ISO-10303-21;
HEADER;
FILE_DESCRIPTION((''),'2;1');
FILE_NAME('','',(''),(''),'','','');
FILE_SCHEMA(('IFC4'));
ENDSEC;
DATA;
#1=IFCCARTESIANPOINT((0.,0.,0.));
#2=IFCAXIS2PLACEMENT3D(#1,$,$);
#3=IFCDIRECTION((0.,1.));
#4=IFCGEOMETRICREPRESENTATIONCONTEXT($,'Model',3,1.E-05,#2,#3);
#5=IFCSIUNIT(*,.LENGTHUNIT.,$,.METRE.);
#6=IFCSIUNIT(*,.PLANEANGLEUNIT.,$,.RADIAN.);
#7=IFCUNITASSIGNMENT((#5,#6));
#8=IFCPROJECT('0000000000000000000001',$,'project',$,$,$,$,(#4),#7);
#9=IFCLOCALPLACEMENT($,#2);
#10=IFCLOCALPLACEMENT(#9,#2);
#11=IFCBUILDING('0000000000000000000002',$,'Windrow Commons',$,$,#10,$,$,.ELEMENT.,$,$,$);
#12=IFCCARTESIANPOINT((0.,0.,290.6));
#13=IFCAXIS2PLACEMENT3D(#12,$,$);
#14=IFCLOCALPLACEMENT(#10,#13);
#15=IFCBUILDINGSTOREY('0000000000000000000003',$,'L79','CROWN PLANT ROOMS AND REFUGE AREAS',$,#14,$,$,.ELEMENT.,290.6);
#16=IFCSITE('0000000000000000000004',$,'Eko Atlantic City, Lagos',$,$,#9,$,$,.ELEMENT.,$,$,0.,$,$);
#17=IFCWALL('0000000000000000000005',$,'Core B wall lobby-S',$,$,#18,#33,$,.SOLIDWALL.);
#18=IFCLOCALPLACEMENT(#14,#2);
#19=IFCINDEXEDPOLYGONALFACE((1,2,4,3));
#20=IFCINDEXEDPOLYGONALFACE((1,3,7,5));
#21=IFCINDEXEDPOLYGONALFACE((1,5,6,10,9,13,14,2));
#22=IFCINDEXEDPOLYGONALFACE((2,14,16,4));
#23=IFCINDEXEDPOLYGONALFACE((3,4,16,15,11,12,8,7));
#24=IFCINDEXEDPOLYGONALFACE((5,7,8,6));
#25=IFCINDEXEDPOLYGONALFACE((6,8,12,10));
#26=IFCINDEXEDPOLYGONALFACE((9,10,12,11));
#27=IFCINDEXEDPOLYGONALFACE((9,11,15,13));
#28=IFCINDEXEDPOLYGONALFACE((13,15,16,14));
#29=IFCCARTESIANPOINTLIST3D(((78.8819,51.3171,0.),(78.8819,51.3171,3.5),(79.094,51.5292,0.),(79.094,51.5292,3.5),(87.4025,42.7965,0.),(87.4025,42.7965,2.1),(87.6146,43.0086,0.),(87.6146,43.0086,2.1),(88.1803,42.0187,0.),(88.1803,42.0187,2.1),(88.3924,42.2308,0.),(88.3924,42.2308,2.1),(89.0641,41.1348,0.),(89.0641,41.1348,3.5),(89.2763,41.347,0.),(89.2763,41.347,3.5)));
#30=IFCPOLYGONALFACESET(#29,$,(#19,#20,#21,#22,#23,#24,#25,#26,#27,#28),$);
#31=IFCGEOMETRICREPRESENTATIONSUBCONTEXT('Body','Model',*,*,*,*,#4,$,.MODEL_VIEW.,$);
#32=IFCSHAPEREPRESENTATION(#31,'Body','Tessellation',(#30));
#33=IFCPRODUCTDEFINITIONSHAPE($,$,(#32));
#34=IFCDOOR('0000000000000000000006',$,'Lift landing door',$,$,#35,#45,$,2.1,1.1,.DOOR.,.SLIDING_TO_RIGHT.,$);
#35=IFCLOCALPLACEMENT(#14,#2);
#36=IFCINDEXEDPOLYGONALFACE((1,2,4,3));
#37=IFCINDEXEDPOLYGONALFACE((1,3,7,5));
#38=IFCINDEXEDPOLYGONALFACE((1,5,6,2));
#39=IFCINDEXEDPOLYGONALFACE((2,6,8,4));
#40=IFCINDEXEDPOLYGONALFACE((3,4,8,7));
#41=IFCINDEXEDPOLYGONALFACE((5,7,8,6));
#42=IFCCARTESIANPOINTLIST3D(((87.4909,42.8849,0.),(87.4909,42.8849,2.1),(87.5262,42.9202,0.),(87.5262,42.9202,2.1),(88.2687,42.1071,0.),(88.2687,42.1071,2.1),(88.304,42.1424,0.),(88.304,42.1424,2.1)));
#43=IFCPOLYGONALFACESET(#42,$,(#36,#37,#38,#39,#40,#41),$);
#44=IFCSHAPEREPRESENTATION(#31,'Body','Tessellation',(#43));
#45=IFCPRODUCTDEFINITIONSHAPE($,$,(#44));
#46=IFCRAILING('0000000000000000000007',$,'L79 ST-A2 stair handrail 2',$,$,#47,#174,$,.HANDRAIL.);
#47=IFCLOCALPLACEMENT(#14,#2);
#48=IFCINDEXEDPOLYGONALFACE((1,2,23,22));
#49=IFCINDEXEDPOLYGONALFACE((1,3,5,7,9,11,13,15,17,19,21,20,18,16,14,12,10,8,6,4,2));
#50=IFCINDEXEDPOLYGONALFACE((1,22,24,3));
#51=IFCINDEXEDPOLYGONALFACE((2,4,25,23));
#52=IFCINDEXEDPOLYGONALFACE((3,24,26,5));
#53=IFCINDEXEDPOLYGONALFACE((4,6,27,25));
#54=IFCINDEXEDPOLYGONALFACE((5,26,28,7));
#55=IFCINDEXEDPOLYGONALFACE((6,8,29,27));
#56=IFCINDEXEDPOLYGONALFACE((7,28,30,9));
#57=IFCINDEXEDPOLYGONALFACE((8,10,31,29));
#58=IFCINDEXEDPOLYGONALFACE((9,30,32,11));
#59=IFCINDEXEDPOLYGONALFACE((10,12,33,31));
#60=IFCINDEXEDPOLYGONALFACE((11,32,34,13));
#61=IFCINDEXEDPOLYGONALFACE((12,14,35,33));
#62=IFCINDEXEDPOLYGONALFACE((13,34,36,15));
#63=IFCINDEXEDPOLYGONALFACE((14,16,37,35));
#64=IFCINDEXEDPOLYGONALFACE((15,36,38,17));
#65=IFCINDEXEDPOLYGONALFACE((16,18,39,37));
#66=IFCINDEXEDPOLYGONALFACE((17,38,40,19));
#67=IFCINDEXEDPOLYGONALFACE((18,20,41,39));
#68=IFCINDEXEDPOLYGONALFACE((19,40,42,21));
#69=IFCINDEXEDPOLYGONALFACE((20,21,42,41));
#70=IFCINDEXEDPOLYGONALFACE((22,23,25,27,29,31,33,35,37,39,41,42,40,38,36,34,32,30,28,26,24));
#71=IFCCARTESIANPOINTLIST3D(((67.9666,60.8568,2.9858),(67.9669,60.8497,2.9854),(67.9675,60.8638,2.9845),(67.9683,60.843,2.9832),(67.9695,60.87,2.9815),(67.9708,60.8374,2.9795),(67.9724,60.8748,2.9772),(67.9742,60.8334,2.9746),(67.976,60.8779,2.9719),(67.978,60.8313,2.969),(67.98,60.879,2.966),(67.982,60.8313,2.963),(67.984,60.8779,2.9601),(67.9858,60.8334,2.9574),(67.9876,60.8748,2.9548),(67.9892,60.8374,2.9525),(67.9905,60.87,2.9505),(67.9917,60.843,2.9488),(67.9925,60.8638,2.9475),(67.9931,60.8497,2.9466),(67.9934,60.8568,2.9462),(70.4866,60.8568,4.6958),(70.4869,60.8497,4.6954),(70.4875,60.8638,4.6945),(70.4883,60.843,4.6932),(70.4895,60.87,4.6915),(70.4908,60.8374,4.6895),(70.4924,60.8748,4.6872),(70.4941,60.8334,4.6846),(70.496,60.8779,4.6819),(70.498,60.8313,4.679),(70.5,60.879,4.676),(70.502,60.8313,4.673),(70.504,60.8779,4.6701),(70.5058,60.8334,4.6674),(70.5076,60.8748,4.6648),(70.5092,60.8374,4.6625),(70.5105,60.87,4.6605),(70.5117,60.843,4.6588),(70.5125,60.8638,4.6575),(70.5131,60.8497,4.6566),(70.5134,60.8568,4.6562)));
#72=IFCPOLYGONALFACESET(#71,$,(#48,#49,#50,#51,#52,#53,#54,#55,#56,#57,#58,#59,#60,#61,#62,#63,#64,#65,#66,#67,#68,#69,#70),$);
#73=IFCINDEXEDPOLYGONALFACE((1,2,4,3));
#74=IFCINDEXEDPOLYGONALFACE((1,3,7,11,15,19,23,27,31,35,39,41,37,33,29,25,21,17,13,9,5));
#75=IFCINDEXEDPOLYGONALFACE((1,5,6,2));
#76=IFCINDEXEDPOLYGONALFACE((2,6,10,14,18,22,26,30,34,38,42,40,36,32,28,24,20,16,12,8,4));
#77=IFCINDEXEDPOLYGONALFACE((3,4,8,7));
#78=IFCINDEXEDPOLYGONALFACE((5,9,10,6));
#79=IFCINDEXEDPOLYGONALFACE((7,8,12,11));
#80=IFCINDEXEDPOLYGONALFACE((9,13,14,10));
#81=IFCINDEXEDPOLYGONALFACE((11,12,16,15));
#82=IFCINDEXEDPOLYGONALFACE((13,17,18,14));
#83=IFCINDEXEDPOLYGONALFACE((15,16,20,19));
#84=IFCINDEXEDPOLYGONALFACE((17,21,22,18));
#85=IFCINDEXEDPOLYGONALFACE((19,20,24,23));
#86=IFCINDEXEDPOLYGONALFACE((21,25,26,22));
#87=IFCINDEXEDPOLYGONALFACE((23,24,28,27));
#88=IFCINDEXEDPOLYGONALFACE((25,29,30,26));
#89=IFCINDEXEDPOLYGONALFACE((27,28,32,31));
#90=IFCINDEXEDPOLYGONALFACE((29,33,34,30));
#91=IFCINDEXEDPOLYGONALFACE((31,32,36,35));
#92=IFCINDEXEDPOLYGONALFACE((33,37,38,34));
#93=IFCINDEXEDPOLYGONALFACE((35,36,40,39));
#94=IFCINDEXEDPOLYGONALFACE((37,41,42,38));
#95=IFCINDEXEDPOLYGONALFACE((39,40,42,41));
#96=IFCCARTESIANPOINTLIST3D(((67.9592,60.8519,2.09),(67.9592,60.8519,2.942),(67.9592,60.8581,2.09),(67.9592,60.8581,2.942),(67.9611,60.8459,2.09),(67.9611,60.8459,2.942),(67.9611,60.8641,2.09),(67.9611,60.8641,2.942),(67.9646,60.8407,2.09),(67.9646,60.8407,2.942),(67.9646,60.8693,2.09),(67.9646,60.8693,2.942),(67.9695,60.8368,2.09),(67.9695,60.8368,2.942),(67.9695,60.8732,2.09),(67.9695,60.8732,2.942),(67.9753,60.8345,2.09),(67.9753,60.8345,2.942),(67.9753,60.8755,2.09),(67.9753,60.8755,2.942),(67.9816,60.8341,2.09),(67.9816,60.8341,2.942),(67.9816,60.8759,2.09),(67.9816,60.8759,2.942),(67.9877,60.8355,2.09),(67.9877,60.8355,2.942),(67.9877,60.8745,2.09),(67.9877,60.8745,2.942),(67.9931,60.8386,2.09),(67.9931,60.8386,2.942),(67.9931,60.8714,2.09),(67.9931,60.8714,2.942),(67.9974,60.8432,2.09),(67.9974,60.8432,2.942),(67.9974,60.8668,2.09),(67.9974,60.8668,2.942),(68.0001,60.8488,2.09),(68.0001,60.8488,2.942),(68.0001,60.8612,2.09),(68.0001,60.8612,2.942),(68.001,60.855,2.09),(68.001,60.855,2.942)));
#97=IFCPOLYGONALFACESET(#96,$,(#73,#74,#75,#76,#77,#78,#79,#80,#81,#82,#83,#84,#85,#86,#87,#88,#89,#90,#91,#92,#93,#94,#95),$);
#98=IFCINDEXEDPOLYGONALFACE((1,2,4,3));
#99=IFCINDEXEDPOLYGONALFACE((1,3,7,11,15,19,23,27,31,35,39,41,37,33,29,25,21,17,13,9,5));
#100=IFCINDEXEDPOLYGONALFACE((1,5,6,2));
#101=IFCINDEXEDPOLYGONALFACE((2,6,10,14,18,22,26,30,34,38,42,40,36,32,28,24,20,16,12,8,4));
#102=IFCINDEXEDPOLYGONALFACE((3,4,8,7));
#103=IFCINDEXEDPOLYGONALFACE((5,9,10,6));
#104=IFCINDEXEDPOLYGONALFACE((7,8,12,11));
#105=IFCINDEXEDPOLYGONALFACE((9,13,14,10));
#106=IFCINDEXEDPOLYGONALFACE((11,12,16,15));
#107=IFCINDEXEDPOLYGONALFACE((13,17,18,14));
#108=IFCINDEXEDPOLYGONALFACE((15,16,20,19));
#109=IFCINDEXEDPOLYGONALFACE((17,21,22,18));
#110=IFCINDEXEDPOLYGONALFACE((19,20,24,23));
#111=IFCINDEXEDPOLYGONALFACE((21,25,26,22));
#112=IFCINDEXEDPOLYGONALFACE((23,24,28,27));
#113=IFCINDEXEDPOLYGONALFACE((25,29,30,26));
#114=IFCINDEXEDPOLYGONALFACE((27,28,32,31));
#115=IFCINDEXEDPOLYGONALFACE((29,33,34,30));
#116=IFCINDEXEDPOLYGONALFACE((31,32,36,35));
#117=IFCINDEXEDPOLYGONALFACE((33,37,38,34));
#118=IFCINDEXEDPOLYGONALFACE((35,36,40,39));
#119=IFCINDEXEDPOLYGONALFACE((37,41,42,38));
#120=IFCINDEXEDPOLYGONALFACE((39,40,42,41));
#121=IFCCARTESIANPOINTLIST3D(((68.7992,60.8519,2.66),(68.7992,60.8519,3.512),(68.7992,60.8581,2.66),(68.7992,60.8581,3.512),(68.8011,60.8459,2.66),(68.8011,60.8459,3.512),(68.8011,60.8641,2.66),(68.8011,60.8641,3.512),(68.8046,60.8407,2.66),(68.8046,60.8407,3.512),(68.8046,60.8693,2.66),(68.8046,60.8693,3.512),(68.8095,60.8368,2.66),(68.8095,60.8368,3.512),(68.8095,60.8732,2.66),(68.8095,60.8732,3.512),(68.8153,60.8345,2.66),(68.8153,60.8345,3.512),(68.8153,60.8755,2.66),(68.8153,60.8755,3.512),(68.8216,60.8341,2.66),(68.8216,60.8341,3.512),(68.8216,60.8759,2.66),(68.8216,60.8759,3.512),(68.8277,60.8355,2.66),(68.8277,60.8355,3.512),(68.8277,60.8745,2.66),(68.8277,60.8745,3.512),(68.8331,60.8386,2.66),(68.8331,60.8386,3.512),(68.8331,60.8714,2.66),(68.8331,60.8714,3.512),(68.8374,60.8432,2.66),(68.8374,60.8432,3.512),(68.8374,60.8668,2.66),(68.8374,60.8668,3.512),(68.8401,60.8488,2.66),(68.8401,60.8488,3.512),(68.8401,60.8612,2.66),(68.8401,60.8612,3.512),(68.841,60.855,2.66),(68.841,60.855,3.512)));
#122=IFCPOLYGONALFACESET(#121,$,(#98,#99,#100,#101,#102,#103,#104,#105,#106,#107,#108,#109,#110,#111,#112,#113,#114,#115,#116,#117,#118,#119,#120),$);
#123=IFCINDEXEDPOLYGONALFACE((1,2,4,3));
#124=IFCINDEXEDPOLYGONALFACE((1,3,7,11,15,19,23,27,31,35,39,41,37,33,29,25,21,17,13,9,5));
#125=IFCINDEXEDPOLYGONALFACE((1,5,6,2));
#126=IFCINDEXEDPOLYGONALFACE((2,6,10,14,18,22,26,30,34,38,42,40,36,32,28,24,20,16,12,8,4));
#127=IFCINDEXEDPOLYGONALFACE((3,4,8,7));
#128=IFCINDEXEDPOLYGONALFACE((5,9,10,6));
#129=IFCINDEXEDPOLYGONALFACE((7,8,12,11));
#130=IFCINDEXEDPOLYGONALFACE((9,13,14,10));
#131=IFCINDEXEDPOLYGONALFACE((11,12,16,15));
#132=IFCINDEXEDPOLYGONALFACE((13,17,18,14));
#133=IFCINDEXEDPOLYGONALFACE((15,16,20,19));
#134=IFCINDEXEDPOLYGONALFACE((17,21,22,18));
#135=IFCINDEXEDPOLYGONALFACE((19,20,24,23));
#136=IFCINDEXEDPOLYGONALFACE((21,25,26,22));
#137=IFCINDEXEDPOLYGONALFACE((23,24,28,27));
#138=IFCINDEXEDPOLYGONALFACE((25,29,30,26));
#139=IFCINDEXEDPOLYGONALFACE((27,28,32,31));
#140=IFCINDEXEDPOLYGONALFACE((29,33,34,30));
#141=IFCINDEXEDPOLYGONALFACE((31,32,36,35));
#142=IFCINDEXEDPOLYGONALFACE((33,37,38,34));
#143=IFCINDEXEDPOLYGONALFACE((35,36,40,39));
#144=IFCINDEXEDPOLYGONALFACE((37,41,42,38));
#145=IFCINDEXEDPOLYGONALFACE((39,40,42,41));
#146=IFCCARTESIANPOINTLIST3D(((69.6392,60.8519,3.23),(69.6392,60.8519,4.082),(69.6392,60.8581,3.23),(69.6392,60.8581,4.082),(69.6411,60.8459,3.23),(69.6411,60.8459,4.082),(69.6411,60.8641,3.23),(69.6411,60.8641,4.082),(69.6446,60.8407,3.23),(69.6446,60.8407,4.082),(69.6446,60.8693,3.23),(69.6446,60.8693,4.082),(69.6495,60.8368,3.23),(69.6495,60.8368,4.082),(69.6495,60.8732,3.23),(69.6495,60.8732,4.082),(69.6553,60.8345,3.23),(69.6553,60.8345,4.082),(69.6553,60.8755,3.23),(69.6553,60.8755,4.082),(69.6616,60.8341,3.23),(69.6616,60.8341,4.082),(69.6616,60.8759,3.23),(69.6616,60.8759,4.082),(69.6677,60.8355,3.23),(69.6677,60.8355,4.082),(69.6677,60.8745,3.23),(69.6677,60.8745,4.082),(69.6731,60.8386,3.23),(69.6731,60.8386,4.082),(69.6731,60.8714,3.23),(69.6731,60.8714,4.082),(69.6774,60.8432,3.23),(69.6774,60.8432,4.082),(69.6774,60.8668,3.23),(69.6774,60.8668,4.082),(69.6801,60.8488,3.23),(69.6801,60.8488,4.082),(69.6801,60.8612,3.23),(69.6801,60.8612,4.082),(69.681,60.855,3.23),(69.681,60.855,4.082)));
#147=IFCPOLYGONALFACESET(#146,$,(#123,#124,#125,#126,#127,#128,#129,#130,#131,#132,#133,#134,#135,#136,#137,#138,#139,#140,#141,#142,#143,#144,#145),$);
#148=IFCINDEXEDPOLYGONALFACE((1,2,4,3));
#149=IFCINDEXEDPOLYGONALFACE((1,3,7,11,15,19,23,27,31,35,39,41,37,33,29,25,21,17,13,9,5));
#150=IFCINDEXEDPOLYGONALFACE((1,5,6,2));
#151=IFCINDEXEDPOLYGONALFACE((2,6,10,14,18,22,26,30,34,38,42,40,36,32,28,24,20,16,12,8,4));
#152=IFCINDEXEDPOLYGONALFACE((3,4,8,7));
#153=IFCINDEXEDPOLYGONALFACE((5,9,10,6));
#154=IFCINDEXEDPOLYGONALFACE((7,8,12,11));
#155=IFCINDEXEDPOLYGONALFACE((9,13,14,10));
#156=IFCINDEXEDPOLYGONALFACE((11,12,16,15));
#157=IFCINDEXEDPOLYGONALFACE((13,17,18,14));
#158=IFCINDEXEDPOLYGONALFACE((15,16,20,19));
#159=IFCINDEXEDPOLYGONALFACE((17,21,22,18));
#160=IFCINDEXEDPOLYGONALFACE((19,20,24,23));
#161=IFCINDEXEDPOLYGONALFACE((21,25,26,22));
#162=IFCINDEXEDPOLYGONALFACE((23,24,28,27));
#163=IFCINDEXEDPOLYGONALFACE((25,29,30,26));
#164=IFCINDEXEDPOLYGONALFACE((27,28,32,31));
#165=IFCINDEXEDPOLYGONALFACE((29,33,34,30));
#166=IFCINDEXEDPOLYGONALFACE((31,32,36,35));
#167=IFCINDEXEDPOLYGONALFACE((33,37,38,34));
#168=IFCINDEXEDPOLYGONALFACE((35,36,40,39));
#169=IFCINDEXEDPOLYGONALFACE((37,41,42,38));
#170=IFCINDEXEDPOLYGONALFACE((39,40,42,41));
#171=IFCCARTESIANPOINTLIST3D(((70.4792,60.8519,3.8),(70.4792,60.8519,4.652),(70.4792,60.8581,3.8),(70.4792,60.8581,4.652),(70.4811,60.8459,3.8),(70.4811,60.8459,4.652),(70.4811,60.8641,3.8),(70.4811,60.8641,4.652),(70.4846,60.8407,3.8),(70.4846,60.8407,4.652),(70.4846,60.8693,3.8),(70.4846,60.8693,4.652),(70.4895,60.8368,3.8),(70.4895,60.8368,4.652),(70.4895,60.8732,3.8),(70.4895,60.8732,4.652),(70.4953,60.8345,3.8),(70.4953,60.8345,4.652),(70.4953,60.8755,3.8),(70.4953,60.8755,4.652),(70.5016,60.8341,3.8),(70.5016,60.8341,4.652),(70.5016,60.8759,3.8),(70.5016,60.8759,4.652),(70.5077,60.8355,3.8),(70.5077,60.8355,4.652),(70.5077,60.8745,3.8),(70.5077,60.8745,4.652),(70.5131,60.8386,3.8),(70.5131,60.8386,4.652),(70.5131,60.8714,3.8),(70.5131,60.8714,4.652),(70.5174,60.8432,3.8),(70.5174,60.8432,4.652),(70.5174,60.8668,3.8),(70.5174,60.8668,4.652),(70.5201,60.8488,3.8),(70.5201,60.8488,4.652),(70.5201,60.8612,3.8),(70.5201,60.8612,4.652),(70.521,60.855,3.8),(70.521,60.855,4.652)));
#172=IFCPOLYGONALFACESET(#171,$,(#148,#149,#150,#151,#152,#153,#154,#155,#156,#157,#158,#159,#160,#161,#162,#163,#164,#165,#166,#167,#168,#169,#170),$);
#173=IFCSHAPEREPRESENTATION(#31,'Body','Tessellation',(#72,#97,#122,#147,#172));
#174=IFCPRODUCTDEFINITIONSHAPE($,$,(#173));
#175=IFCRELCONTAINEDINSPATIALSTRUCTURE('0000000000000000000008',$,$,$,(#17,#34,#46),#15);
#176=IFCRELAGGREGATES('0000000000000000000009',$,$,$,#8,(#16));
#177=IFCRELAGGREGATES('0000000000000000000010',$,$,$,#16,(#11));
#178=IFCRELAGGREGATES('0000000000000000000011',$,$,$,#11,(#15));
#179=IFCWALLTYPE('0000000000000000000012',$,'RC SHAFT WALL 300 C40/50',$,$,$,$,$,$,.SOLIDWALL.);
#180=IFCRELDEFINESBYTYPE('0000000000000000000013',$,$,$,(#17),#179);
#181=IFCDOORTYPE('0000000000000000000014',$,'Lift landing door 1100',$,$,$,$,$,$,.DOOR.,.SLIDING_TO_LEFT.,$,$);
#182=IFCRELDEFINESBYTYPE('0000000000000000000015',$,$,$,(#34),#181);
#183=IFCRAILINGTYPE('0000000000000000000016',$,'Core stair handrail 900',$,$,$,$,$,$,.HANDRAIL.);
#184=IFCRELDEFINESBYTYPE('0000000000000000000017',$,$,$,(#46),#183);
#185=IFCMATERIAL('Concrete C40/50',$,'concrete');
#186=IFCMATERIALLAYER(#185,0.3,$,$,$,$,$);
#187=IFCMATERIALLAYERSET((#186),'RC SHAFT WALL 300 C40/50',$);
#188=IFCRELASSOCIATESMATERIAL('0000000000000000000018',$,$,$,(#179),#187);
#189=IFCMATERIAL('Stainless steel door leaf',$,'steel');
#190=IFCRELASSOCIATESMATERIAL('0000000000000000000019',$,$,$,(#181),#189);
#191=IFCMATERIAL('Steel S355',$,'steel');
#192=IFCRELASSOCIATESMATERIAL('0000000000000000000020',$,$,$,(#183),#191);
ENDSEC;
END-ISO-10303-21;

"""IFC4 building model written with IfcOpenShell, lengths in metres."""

from ifc_helpers import new_model, si_unit, direction, frame, frame_2d, origin, origin_2d, place, context, subcontext, project, spatial, rectangle, circle, extrude, material, layer, layer_set, type_object, element, fill, save


model = new_model("IFC4")

# Units and contexts
model_context = context("Model", 3, precision=1e-05, world=origin(), true_north=direction((0.0, 1.0)))
body_context = subcontext(model_context, "Body", "Model", "MODEL_VIEW")
ifc_project = project(units=[si_unit("LENGTHUNIT", "METRE"), si_unit("PLANEANGLEUNIT", "RADIAN")], contexts=[model_context])

# Site, building, storey
site_placement = place(None, origin())
site = spatial("IfcSite", under=ifc_project, at=site_placement, Name="Eko Atlantic City, Lagos", CompositionType="ELEMENT", RefElevation=0.0)
building_placement = place(site_placement, origin())
building = spatial("IfcBuilding", under=site, at=building_placement, Name="Windrow Commons", CompositionType="ELEMENT")
storey_placement = place(building_placement, frame((0.0, 0.0, 290.6)))
storey = spatial("IfcBuildingStorey", under=building, at=storey_placement, Name="L79", Description="CROWN PLANT ROOMS AND REFUGE AREAS", CompositionType="ELEMENT", Elevation=290.6)

# Shared definitions
ifc_material_1 = material(Name="Concrete C40/50", Category="concrete")
ifc_layer_1 = layer(ifc_material_1, 0.3)
ifc_layer_set_1 = layer_set([ifc_layer_1], Name="RC SHAFT WALL 300 C40/50")
wall_type_1 = type_object("IfcWallType", Name="RC SHAFT WALL 300 C40/50", PredefinedType="SOLIDWALL", material=ifc_layer_set_1)

# Wall, opening, door
wall_1_placement = place(storey_placement, frame((78.9879, 51.4232, 0.0), z_axis=(0.0, 0.0, 1.0), x_axis=(0.707107, -0.707107, 0.0)))
wall_1 = element("IfcWall", 1, at=wall_1_placement, inside=storey, type_object=wall_type_1, Name="Core B wall lobby-S", PredefinedType="SOLIDWALL", context=body_context, shape_type="SweptSolid", body=[
    extrude(rectangle(XDim=14.3999, YDim=0.3, at=frame_2d((7.2, 0.0))), origin(), (0.0, 0.0, 1.0), 3.5),
])
opening_1_placement = place(wall_1_placement, frame((12.05, 0.0, 0.0)))
opening_1 = element("IfcOpeningElement", 2, at=opening_1_placement, cuts=wall_1, PredefinedType="OPENING", context=body_context, shape_type="SweptSolid", body=[
    extrude(rectangle(XDim=1.1, YDim=2.1, at=frame_2d((0.55, 1.05))), frame((0.0, 0.16, 0.0), z_axis=(0.0, -1.0, 0.0), x_axis=(1.0, 0.0, 0.0)), (0.0, 0.0, 1.0), 0.32),
])
ifc_material_2 = material(Name="Stainless steel door leaf", Category="steel")
door_type_1 = type_object("IfcDoorType", Name="Lift landing door 1100", OperationType="SLIDING_TO_LEFT", PredefinedType="DOOR", material=ifc_material_2)
door_1_placement = place(opening_1_placement, origin())
door_1 = element("IfcDoor", 3, at=door_1_placement, inside=storey, type_object=door_type_1, Name="Lift landing door", OperationType="SLIDING_TO_RIGHT", OverallHeight=2.1, OverallWidth=1.1, PredefinedType="DOOR", context=body_context, shape_type="SweptSolid", body=[
    extrude(rectangle(XDim=1.1, YDim=2.1, at=frame_2d((0.55, 1.05))), frame((0.0, 0.025, 0.0), z_axis=(0.0, -1.0, 0.0), x_axis=(1.0, 0.0, 0.0)), (0.0, 0.0, 1.0), 0.05),
])
fill(opening_1, door_1)

# Railing
ifc_material_3 = material(Name="Steel S355", Category="steel")
railing_type = type_object("IfcRailingType", Name="Core stair handrail 900", PredefinedType="HANDRAIL", material=ifc_material_3)
railing_placement = place(storey_placement, frame((67.98, 60.855, 2.09)))
element("IfcRailing", 4, at=railing_placement, inside=storey, type_object=railing_type, Name="L79 ST-A2 stair handrail 2", PredefinedType="HANDRAIL", context=body_context, shape_type="SweptSolid", body=[
    extrude(circle(Radius=0.024, at=origin_2d()), frame((0.0, 0.0, 0.876), z_axis=(0.827476, 0.0, 0.561501), x_axis=(0.0, 1.0, 0.0)), (0.0, 0.0, 1.0), 3.0454),
    extrude(circle(Radius=0.021, at=origin_2d()), origin(), (0.0, 0.0, 1.0), 0.852),
    extrude(circle(Radius=0.021, at=origin_2d()), frame((0.84, 0.0, 0.57)), (0.0, 0.0, 1.0), 0.852),
    extrude(circle(Radius=0.021, at=origin_2d()), frame((1.68, 0.0, 1.14)), (0.0, 0.0, 1.0), 0.852),
    extrude(circle(Radius=0.021, at=origin_2d()), frame((2.52, 0.0, 1.71)), (0.0, 0.0, 1.0), 0.852),
])

save(model, "model.ifc")
